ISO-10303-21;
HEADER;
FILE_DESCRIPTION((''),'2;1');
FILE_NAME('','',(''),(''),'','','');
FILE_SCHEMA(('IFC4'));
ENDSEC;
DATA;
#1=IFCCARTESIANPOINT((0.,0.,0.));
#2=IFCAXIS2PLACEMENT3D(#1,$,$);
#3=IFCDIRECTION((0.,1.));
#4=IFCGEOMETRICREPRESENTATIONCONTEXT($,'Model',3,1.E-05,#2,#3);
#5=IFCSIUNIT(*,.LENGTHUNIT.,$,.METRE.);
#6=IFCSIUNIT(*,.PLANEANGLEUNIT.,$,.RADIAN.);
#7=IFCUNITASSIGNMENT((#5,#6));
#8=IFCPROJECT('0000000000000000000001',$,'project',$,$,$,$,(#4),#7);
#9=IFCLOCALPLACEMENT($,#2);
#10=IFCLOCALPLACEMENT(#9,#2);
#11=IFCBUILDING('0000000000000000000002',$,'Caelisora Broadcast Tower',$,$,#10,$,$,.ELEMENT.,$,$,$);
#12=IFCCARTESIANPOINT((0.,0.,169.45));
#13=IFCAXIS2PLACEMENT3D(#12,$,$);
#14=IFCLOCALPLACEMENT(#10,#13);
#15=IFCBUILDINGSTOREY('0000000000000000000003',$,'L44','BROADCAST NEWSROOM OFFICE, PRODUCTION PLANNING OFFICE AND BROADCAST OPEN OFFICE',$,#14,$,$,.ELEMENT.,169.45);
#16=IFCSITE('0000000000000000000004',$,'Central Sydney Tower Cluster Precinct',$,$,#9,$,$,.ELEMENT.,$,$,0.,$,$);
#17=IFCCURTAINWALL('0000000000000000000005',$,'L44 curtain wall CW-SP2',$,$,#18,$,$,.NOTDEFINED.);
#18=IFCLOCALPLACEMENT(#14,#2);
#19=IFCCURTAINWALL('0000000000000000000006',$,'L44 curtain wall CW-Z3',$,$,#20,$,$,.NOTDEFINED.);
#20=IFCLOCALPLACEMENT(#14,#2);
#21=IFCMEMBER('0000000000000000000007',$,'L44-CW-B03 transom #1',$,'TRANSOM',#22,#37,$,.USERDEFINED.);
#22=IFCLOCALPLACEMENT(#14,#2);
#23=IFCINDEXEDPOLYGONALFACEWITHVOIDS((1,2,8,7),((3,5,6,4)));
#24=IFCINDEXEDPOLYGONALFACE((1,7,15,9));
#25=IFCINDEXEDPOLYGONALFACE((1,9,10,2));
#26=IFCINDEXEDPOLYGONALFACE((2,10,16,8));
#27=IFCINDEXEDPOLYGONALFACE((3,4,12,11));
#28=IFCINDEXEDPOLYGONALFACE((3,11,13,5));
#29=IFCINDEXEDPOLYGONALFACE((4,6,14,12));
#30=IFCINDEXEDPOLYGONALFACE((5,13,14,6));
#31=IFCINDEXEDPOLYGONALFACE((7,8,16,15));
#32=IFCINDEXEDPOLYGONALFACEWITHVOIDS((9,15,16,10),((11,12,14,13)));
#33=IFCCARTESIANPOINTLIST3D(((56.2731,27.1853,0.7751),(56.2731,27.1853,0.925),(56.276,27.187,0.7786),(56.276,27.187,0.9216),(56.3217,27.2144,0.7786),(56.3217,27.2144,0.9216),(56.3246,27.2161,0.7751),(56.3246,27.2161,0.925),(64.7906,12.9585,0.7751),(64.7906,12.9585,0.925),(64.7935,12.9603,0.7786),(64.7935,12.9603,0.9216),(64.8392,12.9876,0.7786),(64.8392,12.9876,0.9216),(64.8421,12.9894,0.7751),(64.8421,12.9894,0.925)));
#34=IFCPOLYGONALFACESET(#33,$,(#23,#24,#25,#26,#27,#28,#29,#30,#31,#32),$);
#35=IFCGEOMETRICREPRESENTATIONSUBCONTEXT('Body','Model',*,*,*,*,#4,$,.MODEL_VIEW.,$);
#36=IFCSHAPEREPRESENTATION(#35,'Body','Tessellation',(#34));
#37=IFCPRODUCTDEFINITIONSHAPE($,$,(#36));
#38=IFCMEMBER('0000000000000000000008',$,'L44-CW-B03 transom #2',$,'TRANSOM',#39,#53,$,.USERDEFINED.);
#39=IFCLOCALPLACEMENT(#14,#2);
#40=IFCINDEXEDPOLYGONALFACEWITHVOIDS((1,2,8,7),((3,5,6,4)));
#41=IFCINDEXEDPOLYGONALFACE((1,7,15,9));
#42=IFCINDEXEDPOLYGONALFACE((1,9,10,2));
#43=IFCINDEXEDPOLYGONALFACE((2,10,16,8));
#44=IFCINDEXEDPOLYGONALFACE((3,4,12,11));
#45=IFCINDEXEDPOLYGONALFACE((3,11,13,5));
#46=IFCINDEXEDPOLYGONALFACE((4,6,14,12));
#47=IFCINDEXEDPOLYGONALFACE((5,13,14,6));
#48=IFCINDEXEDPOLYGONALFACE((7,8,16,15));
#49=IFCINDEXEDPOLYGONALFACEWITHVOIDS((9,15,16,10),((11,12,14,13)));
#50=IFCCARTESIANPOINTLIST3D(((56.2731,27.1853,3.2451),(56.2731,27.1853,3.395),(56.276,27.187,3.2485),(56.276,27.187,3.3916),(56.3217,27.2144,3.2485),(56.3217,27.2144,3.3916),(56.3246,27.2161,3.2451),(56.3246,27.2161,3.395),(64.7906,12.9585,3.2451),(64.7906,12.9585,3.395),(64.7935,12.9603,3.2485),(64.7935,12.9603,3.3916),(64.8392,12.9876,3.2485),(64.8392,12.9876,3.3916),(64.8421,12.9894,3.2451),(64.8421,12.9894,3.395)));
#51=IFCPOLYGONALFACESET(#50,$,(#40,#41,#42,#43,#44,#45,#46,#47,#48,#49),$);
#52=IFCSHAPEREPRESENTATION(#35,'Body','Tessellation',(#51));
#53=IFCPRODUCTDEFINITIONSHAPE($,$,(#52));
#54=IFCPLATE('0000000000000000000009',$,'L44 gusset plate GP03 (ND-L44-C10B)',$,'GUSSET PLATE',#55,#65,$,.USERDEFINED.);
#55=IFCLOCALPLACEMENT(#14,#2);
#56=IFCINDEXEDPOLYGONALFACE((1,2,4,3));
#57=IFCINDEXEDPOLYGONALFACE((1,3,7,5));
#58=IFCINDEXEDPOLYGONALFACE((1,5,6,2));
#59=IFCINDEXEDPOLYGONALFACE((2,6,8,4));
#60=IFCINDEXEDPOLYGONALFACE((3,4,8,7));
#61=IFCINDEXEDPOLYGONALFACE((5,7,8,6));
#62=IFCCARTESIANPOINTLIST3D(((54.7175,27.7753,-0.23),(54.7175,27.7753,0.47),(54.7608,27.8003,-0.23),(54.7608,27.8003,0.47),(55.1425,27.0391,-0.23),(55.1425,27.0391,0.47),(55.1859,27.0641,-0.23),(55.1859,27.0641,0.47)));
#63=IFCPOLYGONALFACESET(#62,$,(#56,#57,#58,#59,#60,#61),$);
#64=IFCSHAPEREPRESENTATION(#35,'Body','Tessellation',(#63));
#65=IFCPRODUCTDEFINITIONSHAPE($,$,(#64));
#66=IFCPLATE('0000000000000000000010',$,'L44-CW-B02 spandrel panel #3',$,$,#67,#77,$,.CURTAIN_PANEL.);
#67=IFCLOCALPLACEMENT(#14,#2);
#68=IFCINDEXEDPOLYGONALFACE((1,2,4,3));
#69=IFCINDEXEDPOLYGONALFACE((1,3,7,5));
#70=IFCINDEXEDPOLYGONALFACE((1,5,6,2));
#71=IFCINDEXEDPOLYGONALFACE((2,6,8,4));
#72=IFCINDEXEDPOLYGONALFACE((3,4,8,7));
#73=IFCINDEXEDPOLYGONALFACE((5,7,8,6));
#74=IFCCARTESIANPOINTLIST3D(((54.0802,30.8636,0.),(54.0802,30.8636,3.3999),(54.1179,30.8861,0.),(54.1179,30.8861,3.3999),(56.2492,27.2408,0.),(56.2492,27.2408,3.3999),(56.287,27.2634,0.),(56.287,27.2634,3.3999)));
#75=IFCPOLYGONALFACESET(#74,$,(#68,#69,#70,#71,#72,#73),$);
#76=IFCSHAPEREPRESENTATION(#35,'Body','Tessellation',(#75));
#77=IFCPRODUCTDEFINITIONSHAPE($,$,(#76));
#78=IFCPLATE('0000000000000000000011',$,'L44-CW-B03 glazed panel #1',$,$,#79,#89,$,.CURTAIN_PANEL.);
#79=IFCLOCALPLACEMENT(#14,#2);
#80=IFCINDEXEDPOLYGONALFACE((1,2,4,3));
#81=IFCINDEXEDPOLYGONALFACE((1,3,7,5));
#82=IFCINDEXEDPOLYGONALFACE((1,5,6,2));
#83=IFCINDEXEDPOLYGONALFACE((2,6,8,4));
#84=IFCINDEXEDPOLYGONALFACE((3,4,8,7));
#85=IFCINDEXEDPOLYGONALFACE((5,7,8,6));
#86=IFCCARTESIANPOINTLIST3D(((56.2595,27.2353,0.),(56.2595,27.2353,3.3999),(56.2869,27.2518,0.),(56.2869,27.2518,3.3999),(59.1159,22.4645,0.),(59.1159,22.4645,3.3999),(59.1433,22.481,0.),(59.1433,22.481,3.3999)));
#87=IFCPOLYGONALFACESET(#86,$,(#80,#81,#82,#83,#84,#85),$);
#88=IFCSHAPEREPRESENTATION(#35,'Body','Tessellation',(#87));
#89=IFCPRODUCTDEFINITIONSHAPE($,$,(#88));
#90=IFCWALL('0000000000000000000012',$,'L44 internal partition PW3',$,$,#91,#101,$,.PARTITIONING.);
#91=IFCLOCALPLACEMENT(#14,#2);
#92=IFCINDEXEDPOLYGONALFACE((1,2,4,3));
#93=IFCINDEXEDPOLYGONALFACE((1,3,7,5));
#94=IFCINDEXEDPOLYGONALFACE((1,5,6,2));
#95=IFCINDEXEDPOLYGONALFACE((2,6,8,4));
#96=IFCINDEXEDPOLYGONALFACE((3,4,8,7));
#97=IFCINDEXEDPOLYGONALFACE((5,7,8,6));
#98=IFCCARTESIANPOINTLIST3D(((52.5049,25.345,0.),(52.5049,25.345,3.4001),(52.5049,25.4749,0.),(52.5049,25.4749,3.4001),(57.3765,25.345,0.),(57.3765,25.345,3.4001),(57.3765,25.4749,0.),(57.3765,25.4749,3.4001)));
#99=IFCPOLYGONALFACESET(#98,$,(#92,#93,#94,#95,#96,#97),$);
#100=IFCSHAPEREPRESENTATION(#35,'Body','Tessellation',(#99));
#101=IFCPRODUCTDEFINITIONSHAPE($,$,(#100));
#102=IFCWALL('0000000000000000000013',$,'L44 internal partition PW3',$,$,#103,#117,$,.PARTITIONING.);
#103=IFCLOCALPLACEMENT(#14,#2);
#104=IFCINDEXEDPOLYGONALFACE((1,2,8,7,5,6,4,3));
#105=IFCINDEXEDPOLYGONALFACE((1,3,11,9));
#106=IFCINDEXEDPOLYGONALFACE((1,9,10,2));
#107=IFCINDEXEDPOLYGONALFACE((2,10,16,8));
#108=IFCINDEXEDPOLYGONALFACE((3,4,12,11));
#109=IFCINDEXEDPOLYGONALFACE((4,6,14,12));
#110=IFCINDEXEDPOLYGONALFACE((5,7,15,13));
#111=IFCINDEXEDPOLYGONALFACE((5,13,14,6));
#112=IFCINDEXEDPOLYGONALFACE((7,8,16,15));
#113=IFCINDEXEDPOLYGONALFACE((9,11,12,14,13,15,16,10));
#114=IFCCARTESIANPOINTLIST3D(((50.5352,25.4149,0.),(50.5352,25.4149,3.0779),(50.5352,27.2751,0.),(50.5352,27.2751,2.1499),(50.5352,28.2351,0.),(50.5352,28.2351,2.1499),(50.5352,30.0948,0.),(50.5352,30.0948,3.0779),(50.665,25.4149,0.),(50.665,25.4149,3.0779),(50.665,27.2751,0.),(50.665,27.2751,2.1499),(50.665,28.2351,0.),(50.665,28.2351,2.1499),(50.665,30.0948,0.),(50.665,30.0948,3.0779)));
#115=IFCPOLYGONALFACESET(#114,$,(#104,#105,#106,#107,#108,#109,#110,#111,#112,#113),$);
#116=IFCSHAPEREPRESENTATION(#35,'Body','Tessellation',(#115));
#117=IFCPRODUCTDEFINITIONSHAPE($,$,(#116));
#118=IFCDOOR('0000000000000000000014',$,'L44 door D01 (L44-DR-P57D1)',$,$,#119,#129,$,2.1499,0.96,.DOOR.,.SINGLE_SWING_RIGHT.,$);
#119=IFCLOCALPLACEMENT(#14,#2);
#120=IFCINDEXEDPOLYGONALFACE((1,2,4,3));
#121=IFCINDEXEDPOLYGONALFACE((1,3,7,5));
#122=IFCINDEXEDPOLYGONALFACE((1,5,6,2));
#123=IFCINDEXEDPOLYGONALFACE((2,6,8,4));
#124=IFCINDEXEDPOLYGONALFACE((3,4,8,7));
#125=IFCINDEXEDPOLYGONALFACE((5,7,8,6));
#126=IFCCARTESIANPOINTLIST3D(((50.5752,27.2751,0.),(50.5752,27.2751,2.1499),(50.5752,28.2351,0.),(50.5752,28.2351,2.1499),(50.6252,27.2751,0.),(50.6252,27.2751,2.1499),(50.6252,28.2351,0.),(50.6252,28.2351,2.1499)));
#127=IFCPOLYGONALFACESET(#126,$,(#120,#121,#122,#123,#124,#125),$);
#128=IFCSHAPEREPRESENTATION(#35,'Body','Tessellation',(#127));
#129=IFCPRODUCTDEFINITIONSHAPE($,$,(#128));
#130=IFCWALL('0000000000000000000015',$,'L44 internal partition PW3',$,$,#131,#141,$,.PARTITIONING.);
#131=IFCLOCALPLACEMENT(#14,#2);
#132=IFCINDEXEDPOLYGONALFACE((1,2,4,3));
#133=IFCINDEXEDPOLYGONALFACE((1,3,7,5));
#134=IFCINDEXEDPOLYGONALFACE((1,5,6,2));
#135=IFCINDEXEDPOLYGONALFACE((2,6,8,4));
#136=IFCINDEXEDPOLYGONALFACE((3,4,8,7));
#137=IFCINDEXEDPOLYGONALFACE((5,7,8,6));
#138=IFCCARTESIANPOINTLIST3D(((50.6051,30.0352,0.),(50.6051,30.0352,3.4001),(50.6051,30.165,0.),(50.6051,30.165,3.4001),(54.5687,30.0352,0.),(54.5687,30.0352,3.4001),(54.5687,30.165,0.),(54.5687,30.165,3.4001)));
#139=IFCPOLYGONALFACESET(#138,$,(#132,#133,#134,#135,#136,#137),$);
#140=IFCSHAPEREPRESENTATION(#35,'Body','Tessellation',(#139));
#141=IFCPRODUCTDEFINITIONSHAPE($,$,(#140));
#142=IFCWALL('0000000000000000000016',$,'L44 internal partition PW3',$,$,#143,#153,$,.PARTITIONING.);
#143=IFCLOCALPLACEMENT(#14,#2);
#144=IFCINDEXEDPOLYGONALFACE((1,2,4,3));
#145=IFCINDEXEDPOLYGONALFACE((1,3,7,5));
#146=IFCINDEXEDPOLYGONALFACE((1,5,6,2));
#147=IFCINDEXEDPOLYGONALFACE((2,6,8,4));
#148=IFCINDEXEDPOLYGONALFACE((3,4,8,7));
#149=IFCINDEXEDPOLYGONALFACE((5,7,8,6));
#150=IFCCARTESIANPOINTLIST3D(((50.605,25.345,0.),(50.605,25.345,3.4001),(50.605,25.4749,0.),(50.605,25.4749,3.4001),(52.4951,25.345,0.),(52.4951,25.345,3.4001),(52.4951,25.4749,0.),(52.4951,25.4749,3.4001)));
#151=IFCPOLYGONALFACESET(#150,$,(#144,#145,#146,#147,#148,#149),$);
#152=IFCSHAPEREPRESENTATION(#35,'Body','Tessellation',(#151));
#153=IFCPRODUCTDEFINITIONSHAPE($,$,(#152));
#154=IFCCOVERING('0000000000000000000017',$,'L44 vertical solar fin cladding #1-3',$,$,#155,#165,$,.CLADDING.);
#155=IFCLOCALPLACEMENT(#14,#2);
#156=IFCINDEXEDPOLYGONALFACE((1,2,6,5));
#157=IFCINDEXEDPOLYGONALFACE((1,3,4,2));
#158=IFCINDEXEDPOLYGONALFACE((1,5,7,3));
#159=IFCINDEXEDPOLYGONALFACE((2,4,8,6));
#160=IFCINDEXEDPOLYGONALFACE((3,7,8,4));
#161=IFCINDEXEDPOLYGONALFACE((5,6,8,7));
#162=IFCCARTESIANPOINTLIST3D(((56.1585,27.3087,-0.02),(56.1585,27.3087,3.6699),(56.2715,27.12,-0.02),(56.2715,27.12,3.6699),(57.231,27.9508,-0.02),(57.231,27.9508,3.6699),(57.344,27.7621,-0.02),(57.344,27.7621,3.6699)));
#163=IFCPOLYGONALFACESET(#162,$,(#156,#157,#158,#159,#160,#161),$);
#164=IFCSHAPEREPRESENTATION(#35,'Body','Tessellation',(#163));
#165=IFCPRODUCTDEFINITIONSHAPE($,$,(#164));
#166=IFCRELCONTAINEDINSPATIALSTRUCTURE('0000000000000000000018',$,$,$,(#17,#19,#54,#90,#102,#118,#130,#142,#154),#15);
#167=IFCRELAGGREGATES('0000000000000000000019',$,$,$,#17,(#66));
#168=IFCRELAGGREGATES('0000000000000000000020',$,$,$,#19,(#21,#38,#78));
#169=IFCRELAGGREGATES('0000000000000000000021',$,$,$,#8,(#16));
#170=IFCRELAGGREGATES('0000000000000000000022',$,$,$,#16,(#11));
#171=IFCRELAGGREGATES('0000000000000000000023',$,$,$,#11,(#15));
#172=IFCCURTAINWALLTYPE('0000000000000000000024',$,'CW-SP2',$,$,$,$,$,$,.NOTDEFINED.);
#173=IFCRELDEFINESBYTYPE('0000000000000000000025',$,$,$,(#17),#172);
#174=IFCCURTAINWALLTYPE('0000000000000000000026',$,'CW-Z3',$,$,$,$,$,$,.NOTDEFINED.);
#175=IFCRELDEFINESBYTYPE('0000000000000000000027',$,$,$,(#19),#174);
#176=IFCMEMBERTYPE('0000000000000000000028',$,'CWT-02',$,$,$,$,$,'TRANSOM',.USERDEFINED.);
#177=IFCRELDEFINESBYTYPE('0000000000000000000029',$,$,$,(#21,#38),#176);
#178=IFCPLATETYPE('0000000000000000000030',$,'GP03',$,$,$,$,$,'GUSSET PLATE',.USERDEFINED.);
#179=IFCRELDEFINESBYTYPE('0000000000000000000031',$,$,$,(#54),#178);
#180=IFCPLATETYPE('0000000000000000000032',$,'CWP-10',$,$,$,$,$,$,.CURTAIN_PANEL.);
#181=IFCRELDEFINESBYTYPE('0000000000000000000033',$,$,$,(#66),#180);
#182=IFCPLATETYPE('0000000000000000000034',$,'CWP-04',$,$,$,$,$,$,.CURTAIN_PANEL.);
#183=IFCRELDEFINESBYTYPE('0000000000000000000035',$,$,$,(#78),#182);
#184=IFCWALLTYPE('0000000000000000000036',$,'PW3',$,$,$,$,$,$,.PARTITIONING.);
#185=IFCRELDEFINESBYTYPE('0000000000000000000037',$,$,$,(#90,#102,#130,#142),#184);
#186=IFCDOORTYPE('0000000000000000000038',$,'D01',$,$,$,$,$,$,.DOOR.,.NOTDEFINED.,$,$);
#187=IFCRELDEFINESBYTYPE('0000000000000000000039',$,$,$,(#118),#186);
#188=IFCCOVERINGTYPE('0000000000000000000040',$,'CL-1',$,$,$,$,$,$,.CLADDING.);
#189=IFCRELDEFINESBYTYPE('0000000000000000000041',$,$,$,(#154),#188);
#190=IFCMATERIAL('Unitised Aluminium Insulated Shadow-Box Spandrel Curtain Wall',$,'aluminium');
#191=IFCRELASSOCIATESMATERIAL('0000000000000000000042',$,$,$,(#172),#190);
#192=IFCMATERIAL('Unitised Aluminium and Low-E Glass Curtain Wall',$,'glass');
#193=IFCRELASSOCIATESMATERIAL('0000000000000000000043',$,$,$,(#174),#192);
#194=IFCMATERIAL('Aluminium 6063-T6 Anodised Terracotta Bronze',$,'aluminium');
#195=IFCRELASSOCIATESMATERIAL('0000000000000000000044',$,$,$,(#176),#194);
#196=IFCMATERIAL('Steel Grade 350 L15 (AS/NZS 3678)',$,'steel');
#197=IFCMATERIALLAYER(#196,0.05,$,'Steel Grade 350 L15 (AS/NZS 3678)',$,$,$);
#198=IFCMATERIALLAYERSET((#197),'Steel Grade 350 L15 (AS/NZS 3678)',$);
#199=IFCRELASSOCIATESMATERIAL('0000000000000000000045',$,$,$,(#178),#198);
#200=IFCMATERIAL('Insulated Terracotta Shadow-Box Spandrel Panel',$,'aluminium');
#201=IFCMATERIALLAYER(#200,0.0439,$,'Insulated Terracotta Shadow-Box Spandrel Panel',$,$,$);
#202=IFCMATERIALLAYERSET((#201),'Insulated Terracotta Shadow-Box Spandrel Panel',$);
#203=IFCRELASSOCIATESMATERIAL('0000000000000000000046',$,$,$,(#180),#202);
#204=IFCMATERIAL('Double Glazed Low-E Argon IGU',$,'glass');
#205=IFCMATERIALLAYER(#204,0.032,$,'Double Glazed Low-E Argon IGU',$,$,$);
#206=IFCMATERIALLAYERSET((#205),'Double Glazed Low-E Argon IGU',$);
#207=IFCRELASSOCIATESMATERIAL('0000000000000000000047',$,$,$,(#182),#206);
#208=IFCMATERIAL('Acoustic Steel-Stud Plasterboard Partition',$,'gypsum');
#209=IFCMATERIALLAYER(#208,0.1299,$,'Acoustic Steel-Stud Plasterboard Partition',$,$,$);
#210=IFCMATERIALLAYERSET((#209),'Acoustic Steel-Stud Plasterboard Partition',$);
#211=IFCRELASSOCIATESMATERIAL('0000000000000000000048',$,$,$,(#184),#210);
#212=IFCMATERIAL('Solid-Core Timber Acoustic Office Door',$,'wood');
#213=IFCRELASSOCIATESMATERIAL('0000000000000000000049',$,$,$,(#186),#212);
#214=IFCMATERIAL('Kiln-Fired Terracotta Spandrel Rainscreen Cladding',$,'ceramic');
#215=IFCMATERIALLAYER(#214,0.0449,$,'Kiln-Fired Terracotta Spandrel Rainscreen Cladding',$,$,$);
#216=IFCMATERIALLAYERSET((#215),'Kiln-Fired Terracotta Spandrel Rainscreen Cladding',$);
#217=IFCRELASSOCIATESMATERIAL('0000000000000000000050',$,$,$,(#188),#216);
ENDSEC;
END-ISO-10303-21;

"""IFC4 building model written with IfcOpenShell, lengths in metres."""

from ifc_helpers import new_model, si_unit, direction, frame, frame_2d, origin, origin_2d, place, context, subcontext, project, spatial, rectangle, hollow_rectangle, extrude, source, transform, mapped, material, layer, layer_set, material_profile, profile_set, type_object, type_shapes, element, fill, aggregate, save


model = new_model("IFC4")

# Units and contexts
model_context = context("Model", 3, precision=1e-05, world=origin(), true_north=direction((0.0, 1.0)))
body_context = subcontext(model_context, "Body", "Model", "MODEL_VIEW")
ifc_project = project(units=[si_unit("LENGTHUNIT", "METRE"), si_unit("PLANEANGLEUNIT", "RADIAN")], contexts=[model_context])

# Site, building, storey
site_placement = place(None, origin())
site = spatial("IfcSite", under=ifc_project, at=site_placement, Name="Central Sydney Tower Cluster Precinct", CompositionType="ELEMENT", RefElevation=0.0)
building_placement = place(site_placement, origin())
building = spatial("IfcBuilding", under=site, at=building_placement, Name="Caelisora Broadcast Tower", CompositionType="ELEMENT")
storey_placement = place(building_placement, frame((0.0, 0.0, 169.45)))
storey = spatial("IfcBuildingStorey", under=building, at=storey_placement, Name="L44", Description="BROADCAST NEWSROOM OFFICE, PRODUCTION PLANNING OFFICE AND BROADCAST OPEN OFFICE", CompositionType="ELEMENT", Elevation=169.45)

# Shared definitions
ifc_material_1 = material(Name="Steel Grade 350 L15 (AS/NZS 3678)", Category="steel")

# Curtain walls, members
ifc_material_2 = material(Name="Unitised Aluminium Insulated Shadow-Box Spandrel Curtain Wall", Category="aluminium")
curtain_wall_type_1 = type_object("IfcCurtainWallType", Name="CW-SP2", PredefinedType="NOTDEFINED", material=ifc_material_2)
curtain_wall_1_placement = place(storey_placement, origin())
curtain_wall_1 = element("IfcCurtainWall", 1, at=curtain_wall_1_placement, inside=storey, type_object=curtain_wall_type_1, Name="L44 curtain wall CW-SP2", PredefinedType="NOTDEFINED")
ifc_material_3 = material(Name="Aluminium 6063-T6 Anodised Terracotta Bronze", Category="aluminium")
ifc_material_4 = material(Name="Unitised Aluminium and Low-E Glass Curtain Wall", Category="glass")
curtain_wall_type_2 = type_object("IfcCurtainWallType", Name="CW-Z3", PredefinedType="NOTDEFINED", material=ifc_material_4)
curtain_wall_2_placement = place(storey_placement, origin())
curtain_wall_2 = element("IfcCurtainWall", 2, at=curtain_wall_2_placement, inside=storey, type_object=curtain_wall_type_2, Name="L44 curtain wall CW-Z3", PredefinedType="NOTDEFINED")
ifc_material_profile_1 = material_profile(ifc_material_3, hollow_rectangle(XDim=0.0601, YDim=0.1499, WallThickness=0.0034, at=origin_2d()), Name="Aluminium 6063-T6 Anodised Terracotta Bronze")
ifc_profile_set_1 = profile_set([ifc_material_profile_1], Name="Aluminium 6063-T6 Anodised Terracotta Bronze")
member_type_1 = type_object("IfcMemberType", Name="CWT-02", ElementType="TRANSOM", PredefinedType="USERDEFINED", material=ifc_profile_set_1)
shared_shape_1 = source(origin(), body_context, "Body", "SweptSolid", [
    extrude(hollow_rectangle(XDim=0.0601, YDim=0.1499, WallThickness=0.0034, at=origin_2d()), origin(), (0.0, 0.0, 1.0), 16.5815),
])
type_shapes(member_type_1, [shared_shape_1])
member_1_placement = place(storey_placement, frame((56.2988, 27.2007, 0.8501), z_axis=(0.513675, -0.857985, 0.0), x_axis=(0.857985, 0.513675, 0.0)))
member_1 = element("IfcMember", 3, at=member_1_placement, type_object=member_type_1, Name="L44-CW-B03 transom #1", ObjectType="TRANSOM", PredefinedType="USERDEFINED", context=body_context, shape_type="MappedRepresentation", body=[
    mapped(shared_shape_1, transform((0.0, 0.0, 0.0), scale=1.0)),
])
member_2_placement = place(storey_placement, frame((56.2988, 27.2007, 3.3201), z_axis=(0.513675, -0.857985, 0.0), x_axis=(0.857985, 0.513675, 0.0)))
member_2 = element("IfcMember", 4, at=member_2_placement, type_object=member_type_1, Name="L44-CW-B03 transom #2", ObjectType="TRANSOM", PredefinedType="USERDEFINED", context=body_context, shape_type="MappedRepresentation", body=[
    mapped(shared_shape_1, transform((0.0, 0.0, 0.0), scale=1.0)),
])

# Plates
ifc_layer_1 = layer(ifc_material_1, 0.05, Name="Steel Grade 350 L15 (AS/NZS 3678)")
ifc_layer_set_1 = layer_set([ifc_layer_1], Name="Steel Grade 350 L15 (AS/NZS 3678)")
plate_type_1 = type_object("IfcPlateType", Name="GP03", ElementType="GUSSET PLATE", PredefinedType="USERDEFINED", material=ifc_layer_set_1)
shared_shape_2 = source(origin(), body_context, "Body", "SweptSolid", [
    extrude(rectangle(XDim=0.8501, YDim=0.05, at=origin_2d()), origin(), (0.0, 0.0, 1.0), 0.7),
])
type_shapes(plate_type_1, [shared_shape_2])
plate_1_placement = place(storey_placement, frame((54.9517, 27.4197, -0.23), z_axis=(0.0, 0.0, 1.0), x_axis=(-0.5, 0.866025, 0.0)))
element("IfcPlate", 5, at=plate_1_placement, inside=storey, type_object=plate_type_1, Name="L44 gusset plate GP03 (ND-L44-C10B)", ObjectType="GUSSET PLATE", PredefinedType="USERDEFINED", context=body_context, shape_type="MappedRepresentation", body=[
    mapped(shared_shape_2, transform((0.0, 0.0, 0.0), scale=1.0)),
])
ifc_material_5 = material(Name="Insulated Terracotta Shadow-Box Spandrel Panel", Category="aluminium")
ifc_layer_2 = layer(ifc_material_5, 0.0439, Name="Insulated Terracotta Shadow-Box Spandrel Panel")
ifc_layer_set_2 = layer_set([ifc_layer_2], Name="Insulated Terracotta Shadow-Box Spandrel Panel")
plate_type_2 = type_object("IfcPlateType", Name="CWP-10", PredefinedType="CURTAIN_PANEL", material=ifc_layer_set_2)
shared_shape_3 = source(origin(), body_context, "Body", "SweptSolid", [
    extrude(rectangle(XDim=4.2224, YDim=0.0439, at=origin_2d()), origin(), (0.0, 0.0, 1.0), 3.3999),
])
type_shapes(plate_type_2, [shared_shape_3])
plate_2_placement = place(storey_placement, frame((55.1836, 29.0635, 0.0), z_axis=(0.0, 0.0, 1.0), x_axis=(0.513691, -0.857975, 0.0)))
plate_2 = element("IfcPlate", 6, at=plate_2_placement, type_object=plate_type_2, Name="L44-CW-B02 spandrel panel #3", PredefinedType="CURTAIN_PANEL", context=body_context, shape_type="MappedRepresentation", body=[
    mapped(shared_shape_3, transform((0.0, 0.0, 0.0), scale=1.0)),
])
aggregate(curtain_wall_1, [plate_2])
ifc_material_6 = material(Name="Double Glazed Low-E Argon IGU", Category="glass")
ifc_layer_3 = layer(ifc_material_6, 0.032, Name="Double Glazed Low-E Argon IGU")
ifc_layer_set_3 = layer_set([ifc_layer_3], Name="Double Glazed Low-E Argon IGU")
plate_type_3 = type_object("IfcPlateType", Name="CWP-04", PredefinedType="CURTAIN_PANEL", material=ifc_layer_set_3)
shared_shape_4 = source(origin(), body_context, "Body", "SweptSolid", [
    extrude(rectangle(XDim=5.5605, YDim=0.032, at=origin_2d()), origin(), (0.0, 0.0, 1.0), 3.3999),
])
type_shapes(plate_type_3, [shared_shape_4])
plate_3_placement = place(storey_placement, frame((57.7014, 24.8582, 0.0), z_axis=(0.0, 0.0, 1.0), x_axis=(0.513691, -0.857975, 0.0)))
plate_3 = element("IfcPlate", 7, at=plate_3_placement, type_object=plate_type_3, Name="L44-CW-B03 glazed panel #1", PredefinedType="CURTAIN_PANEL", context=body_context, shape_type="MappedRepresentation", body=[
    mapped(shared_shape_4, transform((0.0, 0.0, 0.0), scale=1.0)),
])
aggregate(curtain_wall_2, [member_1, member_2, plate_3])

# Wall
ifc_material_7 = material(Name="Acoustic Steel-Stud Plasterboard Partition", Category="gypsum")
ifc_layer_4 = layer(ifc_material_7, 0.1299, Name="Acoustic Steel-Stud Plasterboard Partition")
ifc_layer_set_4 = layer_set([ifc_layer_4], Name="Acoustic Steel-Stud Plasterboard Partition")
wall_type = type_object("IfcWallType", Name="PW3", PredefinedType="PARTITIONING", material=ifc_layer_set_4)
wall_1_placement = place(storey_placement, frame((52.5049, 25.4099, 0.0), z_axis=(0.0, 0.0, 1.0), x_axis=(1.0, 0.0, 0.0)))
element("IfcWall", 8, at=wall_1_placement, inside=storey, type_object=wall_type, Name="L44 internal partition PW3", PredefinedType="PARTITIONING", context=body_context, shape_type="SweptSolid", body=[
    extrude(rectangle(XDim=4.8716, YDim=0.1299, at=frame_2d((2.4358, 0.0))), origin(), (0.0, 0.0, 1.0), 3.4001),
])

# Wall, opening, door
wall_2_placement = place(storey_placement, frame((50.6001, 25.415, 0.0), z_axis=(0.0, 0.0, 1.0), x_axis=(0.0, 1.0, 0.0)))
wall_2 = element("IfcWall", 9, at=wall_2_placement, inside=storey, type_object=wall_type, Name="L44 internal partition PW3", PredefinedType="PARTITIONING", context=body_context, shape_type="SweptSolid", body=[
    extrude(rectangle(XDim=4.6799, YDim=0.1299, at=frame_2d((2.3398, 0.0))), origin(), (0.0, 0.0, 1.0), 3.0779),
])
opening_placement = place(wall_2_placement, frame((1.8601, 0.0, 0.0)))
opening = element("IfcOpeningElement", 10, at=opening_placement, cuts=wall_2, PredefinedType="OPENING", context=body_context, shape_type="SweptSolid", body=[
    extrude(rectangle(XDim=0.96, YDim=2.1499, at=frame_2d((0.48, 1.075))), frame((0.0, 0.0769, 0.0), z_axis=(0.0, -1.0, 0.0), x_axis=(1.0, 0.0, 0.0)), (0.0, 0.0, 1.0), 0.1538),
])
ifc_material_8 = material(Name="Solid-Core Timber Acoustic Office Door", Category="wood")
door_type = type_object("IfcDoorType", Name="D01", OperationType="NOTDEFINED", PredefinedType="DOOR", material=ifc_material_8)
door_placement = place(opening_placement, origin())
door = element("IfcDoor", 11, at=door_placement, inside=storey, type_object=door_type, Name="L44 door D01 (L44-DR-P57D1)", OperationType="SINGLE_SWING_RIGHT", OverallHeight=2.1499, OverallWidth=0.96, PredefinedType="DOOR", context=body_context, shape_type="SweptSolid", body=[
    extrude(rectangle(XDim=0.96, YDim=2.1499, at=frame_2d((0.48, 1.075))), frame((0.0, 0.0249, 0.0), z_axis=(0.0, -1.0, 0.0), x_axis=(1.0, 0.0, 0.0)), (0.0, 0.0, 1.0), 0.05),
])
fill(opening, door)

# Walls
wall_3_placement = place(storey_placement, frame((50.605, 30.1001, 0.0), z_axis=(0.0, 0.0, 1.0), x_axis=(1.0, 0.0, 0.0)))
element("IfcWall", 12, at=wall_3_placement, inside=storey, type_object=wall_type, Name="L44 internal partition PW3", PredefinedType="PARTITIONING", context=body_context, shape_type="SweptSolid", body=[
    extrude(rectangle(XDim=3.9636, YDim=0.1299, at=frame_2d((1.9819, 0.0))), origin(), (0.0, 0.0, 1.0), 3.4001),
])
wall_4_placement = place(storey_placement, frame((50.605, 25.4099, 0.0), z_axis=(0.0, 0.0, 1.0), x_axis=(1.0, 0.0, 0.0)))
element("IfcWall", 13, at=wall_4_placement, inside=storey, type_object=wall_type, Name="L44 internal partition PW3", PredefinedType="PARTITIONING", context=body_context, shape_type="SweptSolid", body=[
    extrude(rectangle(XDim=1.8901, YDim=0.1299, at=frame_2d((0.9451, 0.0))), origin(), (0.0, 0.0, 1.0), 3.4001),
])

# Covering
ifc_material_9 = material(Name="Kiln-Fired Terracotta Spandrel Rainscreen Cladding", Category="ceramic")
ifc_layer_5 = layer(ifc_material_9, 0.0449, Name="Kiln-Fired Terracotta Spandrel Rainscreen Cladding")
ifc_layer_set_5 = layer_set([ifc_layer_5], Name="Kiln-Fired Terracotta Spandrel Rainscreen Cladding")
covering_type = type_object("IfcCoveringType", Name="CL-1", PredefinedType="CLADDING", material=ifc_layer_set_5)
shared_shape_5 = source(origin(), body_context, "Body", "SweptSolid", [
    extrude(rectangle(XDim=0.22, YDim=1.25, at=origin_2d()), origin(), (0.0, 0.0, 1.0), 3.6899),
])
covering_1_placement = place(storey_placement, frame((56.7512, 27.5354, -0.02), z_axis=(0.0, 0.0, 1.0), x_axis=(0.513691, -0.857975, 0.0)))
element("IfcCovering", 14, at=covering_1_placement, inside=storey, type_object=covering_type, Name="L44 vertical solar fin cladding #1-3", PredefinedType="CLADDING", context=body_context, shape_type="MappedRepresentation", body=[
    mapped(shared_shape_5, transform((0.0, 0.0, 0.0), scale=1.0)),
])

save(model, "model.ifc")
